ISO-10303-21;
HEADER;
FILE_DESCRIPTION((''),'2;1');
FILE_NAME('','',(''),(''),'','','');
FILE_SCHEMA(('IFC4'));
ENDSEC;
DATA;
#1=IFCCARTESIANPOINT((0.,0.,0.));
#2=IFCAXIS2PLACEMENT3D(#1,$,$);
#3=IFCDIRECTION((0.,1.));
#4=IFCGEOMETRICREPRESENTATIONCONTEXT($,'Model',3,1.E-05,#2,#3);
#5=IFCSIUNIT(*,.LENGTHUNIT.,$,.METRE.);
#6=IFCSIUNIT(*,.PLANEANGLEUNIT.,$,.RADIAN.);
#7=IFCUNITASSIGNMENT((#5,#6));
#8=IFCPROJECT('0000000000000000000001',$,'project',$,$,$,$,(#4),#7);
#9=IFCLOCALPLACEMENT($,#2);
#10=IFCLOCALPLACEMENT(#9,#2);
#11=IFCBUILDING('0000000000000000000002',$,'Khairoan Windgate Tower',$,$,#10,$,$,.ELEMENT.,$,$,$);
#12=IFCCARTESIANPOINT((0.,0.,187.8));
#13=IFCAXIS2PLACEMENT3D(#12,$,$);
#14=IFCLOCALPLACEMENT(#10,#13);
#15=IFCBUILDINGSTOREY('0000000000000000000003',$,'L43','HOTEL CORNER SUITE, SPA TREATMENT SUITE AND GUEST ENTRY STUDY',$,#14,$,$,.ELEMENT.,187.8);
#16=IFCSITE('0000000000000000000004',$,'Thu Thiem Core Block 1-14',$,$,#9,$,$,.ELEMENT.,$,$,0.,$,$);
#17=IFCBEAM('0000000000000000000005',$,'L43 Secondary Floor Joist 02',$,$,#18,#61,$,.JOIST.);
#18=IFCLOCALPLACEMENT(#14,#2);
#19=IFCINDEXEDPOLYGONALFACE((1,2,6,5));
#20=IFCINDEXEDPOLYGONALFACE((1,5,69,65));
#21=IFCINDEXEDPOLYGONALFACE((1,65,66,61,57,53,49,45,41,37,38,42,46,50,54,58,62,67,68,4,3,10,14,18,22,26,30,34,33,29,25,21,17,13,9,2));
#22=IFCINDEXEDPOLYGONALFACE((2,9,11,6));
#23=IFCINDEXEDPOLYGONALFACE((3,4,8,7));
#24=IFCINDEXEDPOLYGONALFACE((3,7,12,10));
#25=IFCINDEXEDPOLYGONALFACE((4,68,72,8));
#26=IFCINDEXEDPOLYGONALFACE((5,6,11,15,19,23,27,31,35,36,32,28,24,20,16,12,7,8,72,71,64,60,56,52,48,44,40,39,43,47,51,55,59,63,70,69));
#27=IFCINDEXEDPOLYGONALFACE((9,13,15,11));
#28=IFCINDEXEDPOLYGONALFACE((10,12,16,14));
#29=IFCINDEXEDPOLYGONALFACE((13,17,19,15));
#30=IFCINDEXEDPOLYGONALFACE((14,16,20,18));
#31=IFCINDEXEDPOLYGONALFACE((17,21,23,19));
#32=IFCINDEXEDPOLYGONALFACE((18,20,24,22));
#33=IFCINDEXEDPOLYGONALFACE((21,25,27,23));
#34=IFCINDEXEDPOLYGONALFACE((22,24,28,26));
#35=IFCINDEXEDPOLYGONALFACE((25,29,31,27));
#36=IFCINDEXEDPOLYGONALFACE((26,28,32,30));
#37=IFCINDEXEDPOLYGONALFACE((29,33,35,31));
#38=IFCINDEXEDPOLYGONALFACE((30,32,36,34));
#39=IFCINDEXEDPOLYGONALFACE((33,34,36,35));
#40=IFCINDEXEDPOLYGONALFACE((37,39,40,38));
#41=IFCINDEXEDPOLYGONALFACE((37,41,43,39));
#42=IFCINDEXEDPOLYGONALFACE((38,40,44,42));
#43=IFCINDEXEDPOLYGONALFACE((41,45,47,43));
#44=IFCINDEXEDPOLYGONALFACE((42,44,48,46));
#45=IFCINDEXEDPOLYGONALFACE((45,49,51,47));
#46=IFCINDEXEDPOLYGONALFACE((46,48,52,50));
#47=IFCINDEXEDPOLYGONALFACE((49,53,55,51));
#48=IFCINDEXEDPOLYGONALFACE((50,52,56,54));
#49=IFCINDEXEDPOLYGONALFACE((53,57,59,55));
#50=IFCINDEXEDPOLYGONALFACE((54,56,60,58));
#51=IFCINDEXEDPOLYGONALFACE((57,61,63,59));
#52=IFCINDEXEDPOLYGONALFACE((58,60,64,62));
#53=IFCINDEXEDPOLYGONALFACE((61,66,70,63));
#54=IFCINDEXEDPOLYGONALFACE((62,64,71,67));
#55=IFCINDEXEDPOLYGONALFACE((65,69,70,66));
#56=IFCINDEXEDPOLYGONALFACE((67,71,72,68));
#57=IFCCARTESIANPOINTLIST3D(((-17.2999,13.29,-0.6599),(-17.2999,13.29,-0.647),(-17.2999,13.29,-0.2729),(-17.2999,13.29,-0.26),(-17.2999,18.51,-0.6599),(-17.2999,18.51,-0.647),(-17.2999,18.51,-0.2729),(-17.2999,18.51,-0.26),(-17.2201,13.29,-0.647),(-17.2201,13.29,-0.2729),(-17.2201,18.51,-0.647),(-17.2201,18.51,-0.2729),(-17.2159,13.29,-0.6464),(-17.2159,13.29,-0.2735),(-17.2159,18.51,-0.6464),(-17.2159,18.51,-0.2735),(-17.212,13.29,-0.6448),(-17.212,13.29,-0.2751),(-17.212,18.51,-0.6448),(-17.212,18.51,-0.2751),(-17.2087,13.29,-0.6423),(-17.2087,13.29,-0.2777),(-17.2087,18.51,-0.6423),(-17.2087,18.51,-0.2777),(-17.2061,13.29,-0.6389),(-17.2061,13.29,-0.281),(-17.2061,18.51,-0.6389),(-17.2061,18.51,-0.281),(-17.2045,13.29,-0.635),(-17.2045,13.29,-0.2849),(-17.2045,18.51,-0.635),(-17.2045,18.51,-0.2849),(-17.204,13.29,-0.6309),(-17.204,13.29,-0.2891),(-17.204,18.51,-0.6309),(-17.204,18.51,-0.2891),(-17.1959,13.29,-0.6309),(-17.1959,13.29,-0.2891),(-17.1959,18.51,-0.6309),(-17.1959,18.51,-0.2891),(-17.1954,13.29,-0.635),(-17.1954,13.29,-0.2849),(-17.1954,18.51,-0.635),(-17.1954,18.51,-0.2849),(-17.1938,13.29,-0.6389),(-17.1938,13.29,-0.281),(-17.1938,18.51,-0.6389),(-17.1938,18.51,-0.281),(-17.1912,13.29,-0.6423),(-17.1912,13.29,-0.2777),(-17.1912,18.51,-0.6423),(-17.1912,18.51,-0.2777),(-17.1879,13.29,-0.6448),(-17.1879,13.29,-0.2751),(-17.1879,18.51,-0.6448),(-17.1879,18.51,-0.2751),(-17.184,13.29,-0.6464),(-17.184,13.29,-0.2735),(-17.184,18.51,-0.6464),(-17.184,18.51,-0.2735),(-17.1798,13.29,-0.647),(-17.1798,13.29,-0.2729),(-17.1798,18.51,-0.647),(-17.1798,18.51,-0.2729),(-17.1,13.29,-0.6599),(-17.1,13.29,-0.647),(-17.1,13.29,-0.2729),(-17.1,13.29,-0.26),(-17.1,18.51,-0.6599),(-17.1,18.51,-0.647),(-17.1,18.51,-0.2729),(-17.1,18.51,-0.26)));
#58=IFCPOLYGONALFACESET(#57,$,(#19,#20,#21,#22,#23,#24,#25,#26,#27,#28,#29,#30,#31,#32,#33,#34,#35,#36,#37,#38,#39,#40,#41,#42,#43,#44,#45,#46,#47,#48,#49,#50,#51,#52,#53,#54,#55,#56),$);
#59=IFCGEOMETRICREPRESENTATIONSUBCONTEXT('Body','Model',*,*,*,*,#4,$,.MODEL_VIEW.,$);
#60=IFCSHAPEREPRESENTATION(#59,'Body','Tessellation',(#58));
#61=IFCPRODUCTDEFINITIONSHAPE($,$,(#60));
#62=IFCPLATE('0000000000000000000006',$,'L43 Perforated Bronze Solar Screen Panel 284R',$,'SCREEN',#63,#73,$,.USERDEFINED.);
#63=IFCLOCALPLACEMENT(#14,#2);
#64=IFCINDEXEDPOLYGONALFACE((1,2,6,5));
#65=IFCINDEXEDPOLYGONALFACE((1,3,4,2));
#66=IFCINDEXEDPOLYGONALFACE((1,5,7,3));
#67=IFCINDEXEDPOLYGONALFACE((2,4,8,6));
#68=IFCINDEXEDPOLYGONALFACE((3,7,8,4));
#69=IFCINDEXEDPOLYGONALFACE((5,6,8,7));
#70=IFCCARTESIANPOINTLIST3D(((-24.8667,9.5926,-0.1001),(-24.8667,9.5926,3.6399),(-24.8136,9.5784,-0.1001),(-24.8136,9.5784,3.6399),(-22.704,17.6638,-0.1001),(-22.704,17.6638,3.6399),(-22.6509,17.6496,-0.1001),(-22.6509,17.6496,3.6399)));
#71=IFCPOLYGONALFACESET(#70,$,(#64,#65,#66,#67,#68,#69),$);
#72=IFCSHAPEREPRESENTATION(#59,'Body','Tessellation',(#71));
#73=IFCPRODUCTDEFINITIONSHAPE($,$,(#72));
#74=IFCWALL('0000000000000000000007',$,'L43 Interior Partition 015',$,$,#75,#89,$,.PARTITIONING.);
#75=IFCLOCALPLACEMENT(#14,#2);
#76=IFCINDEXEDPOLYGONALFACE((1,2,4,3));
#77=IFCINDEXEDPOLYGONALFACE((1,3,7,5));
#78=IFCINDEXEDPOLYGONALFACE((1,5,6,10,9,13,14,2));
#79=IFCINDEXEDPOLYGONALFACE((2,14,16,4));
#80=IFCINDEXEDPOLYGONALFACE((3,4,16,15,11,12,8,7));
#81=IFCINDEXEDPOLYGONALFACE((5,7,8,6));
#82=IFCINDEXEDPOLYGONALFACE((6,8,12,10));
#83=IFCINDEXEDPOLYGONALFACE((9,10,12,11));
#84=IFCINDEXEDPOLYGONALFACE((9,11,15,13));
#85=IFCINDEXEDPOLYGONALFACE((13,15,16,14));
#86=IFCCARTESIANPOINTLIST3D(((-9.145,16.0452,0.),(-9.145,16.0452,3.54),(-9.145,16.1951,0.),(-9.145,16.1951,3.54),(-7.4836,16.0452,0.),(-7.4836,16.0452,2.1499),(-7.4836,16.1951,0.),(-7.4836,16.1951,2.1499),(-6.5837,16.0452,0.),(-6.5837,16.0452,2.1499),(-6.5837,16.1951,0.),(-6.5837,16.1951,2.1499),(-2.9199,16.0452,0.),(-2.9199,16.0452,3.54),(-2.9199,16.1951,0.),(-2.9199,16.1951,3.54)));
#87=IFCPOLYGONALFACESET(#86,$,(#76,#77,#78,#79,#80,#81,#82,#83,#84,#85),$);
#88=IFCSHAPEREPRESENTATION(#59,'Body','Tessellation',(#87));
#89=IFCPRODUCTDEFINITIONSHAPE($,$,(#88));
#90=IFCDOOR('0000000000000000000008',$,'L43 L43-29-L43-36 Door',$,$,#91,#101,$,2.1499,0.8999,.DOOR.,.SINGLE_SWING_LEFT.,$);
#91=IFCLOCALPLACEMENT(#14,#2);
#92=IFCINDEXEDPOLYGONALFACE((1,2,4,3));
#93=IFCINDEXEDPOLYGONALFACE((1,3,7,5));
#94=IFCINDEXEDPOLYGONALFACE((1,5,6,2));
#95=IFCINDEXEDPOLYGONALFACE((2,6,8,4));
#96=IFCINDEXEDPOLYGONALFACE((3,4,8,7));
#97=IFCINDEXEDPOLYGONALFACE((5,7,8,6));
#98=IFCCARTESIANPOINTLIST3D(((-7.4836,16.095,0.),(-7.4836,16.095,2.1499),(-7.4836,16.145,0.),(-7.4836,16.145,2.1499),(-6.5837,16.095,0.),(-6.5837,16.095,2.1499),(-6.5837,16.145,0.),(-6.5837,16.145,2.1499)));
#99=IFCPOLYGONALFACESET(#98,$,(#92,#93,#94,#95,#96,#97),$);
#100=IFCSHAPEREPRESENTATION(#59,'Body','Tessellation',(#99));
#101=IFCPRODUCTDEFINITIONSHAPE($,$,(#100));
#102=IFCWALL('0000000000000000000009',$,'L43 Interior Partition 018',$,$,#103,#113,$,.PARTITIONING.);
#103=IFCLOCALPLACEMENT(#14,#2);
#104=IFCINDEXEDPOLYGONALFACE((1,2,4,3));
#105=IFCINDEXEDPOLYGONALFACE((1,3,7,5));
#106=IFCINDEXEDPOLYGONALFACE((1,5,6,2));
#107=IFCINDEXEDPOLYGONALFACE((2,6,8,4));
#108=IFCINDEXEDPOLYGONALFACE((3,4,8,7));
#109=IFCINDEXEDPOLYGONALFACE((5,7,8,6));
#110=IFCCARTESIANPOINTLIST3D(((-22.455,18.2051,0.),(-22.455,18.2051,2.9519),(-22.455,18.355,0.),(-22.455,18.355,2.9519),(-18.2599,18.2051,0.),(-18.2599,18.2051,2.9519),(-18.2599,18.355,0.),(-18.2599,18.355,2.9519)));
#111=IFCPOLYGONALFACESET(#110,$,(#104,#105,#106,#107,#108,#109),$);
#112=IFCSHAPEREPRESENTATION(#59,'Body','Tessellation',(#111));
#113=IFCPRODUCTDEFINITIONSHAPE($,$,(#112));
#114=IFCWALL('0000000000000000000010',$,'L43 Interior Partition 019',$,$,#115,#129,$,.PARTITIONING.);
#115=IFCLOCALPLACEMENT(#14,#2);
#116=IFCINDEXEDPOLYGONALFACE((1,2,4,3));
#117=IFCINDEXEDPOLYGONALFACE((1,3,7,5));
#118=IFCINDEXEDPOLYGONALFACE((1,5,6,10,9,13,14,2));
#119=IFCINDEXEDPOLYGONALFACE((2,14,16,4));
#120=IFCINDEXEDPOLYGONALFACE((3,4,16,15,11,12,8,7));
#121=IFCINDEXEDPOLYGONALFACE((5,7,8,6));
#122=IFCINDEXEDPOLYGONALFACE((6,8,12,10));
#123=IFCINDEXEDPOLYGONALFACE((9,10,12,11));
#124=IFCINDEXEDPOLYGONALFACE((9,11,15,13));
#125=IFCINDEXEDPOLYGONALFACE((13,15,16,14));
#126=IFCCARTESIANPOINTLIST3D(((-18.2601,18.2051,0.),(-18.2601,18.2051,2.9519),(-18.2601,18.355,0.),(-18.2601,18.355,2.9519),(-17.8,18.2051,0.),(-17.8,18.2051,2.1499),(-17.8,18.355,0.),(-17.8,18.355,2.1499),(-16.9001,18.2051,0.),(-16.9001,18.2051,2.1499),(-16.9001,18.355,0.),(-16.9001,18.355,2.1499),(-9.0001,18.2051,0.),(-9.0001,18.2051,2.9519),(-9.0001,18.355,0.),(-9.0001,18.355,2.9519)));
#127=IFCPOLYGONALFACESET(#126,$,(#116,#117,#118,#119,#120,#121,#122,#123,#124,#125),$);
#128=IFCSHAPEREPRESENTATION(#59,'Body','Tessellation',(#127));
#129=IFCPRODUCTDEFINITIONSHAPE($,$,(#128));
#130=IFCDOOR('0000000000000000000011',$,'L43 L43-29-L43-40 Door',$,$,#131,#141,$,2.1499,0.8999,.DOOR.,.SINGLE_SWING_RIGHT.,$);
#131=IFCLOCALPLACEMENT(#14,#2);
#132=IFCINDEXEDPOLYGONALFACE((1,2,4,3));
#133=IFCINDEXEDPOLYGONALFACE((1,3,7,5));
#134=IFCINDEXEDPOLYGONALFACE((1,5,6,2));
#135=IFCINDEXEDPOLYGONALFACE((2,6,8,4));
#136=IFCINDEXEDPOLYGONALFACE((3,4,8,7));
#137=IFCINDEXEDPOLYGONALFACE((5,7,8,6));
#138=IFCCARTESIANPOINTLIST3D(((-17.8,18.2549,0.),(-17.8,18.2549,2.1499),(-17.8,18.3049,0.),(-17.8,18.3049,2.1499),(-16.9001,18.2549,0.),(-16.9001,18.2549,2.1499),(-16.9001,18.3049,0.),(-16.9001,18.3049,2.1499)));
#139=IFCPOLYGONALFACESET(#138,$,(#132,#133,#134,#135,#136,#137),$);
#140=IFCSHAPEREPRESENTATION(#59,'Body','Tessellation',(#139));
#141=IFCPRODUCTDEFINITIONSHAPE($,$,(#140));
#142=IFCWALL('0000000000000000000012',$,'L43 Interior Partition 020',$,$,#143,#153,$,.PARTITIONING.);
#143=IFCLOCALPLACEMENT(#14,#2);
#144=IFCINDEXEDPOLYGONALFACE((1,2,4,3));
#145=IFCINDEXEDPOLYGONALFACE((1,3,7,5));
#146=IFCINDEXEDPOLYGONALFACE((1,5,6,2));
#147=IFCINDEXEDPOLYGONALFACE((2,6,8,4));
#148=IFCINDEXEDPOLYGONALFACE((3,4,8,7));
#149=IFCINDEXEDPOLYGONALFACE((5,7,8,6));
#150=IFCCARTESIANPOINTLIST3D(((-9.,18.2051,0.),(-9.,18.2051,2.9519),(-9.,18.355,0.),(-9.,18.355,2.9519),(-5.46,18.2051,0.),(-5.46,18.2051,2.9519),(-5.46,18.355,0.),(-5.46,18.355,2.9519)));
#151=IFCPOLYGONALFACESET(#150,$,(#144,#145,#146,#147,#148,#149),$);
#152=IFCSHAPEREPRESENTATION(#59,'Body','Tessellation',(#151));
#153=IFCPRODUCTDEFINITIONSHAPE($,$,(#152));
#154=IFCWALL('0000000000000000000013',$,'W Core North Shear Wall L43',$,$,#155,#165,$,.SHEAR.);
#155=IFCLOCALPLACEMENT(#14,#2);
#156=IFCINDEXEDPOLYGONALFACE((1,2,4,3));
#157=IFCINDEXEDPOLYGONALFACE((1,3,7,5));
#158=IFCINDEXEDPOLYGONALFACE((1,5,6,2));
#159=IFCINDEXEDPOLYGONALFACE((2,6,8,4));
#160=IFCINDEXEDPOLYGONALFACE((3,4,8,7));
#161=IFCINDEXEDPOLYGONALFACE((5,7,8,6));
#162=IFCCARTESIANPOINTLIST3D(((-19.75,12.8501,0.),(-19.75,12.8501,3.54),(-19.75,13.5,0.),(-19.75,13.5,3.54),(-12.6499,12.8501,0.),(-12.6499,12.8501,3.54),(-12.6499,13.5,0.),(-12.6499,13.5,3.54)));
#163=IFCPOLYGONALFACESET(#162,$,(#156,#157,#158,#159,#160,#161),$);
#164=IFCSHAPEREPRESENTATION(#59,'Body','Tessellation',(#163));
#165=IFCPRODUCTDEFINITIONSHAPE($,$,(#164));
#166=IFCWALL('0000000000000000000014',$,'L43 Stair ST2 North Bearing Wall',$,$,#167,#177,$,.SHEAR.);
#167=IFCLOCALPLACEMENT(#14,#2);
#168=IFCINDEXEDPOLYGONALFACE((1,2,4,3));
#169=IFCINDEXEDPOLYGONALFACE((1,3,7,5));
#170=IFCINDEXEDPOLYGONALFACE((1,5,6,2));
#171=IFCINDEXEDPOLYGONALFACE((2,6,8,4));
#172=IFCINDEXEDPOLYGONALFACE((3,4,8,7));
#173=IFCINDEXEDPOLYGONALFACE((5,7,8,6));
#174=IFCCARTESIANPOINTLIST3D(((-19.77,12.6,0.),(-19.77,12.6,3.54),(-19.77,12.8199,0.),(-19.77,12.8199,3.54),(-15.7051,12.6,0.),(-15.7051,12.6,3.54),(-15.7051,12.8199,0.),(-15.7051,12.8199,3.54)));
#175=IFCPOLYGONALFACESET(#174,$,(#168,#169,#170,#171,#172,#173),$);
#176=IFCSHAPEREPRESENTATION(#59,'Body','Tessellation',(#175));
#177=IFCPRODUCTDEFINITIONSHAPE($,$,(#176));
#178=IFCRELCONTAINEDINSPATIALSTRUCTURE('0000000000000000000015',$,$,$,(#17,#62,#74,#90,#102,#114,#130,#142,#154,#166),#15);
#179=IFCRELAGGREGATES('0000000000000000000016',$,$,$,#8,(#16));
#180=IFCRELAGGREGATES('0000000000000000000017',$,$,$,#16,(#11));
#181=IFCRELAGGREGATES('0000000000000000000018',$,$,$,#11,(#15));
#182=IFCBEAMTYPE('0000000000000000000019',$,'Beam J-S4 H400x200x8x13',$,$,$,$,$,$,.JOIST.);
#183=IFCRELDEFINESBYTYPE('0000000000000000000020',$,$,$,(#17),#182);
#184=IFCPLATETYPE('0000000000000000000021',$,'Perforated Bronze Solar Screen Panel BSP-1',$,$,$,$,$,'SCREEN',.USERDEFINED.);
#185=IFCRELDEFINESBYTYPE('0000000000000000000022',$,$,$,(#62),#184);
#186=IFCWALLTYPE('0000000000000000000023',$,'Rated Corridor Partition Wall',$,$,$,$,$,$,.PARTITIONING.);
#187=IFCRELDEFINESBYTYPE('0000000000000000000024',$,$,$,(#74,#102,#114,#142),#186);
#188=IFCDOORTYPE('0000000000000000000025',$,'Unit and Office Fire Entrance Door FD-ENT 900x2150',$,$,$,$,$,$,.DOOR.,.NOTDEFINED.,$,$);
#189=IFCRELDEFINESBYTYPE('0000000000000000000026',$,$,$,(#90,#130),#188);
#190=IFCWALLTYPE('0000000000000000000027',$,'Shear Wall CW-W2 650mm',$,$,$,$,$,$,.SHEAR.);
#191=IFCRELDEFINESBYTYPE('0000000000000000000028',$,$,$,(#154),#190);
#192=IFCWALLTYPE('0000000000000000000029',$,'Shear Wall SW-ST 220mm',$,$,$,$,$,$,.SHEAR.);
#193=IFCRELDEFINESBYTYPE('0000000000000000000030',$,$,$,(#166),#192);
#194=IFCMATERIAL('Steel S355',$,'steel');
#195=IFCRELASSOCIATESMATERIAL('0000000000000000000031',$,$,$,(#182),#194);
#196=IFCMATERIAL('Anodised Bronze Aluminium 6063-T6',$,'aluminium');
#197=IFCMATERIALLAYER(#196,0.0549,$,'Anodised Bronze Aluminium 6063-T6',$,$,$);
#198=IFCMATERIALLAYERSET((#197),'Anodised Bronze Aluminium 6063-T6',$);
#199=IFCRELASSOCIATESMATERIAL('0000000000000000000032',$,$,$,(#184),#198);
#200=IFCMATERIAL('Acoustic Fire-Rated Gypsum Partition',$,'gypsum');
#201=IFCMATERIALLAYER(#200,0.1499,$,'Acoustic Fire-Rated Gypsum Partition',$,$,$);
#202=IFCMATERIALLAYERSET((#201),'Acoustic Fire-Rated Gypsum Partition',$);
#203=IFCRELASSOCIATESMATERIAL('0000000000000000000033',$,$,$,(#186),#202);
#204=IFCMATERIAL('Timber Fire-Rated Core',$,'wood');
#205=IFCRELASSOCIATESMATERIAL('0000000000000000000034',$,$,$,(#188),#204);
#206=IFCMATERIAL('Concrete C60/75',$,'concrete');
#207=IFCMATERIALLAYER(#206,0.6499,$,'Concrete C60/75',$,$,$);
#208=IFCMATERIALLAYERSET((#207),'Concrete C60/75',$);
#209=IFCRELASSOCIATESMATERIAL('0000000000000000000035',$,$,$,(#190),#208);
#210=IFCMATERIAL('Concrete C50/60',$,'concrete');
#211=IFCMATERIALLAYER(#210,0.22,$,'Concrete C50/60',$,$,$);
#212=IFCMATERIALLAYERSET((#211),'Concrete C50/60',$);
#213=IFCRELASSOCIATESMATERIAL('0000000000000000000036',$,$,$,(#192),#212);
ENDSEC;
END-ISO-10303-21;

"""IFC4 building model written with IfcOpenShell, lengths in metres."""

from ifc_helpers import new_model, si_unit, direction, frame, frame_2d, origin, origin_2d, place, context, subcontext, project, spatial, rectangle, i_section, extrude, material, layer, layer_set, material_profile, profile_set, type_object, element, fill, save


model = new_model("IFC4")

# Units and contexts
model_context = context("Model", 3, precision=1e-05, world=origin(), true_north=direction((0.0, 1.0)))
body_context = subcontext(model_context, "Body", "Model", "MODEL_VIEW")
ifc_project = project(units=[si_unit("LENGTHUNIT", "METRE"), si_unit("PLANEANGLEUNIT", "RADIAN")], contexts=[model_context])

# Site, building, storey
site_placement = place(None, origin())
site = spatial("IfcSite", under=ifc_project, at=site_placement, Name="Thu Thiem Core Block 1-14", CompositionType="ELEMENT", RefElevation=0.0)
building_placement = place(site_placement, origin())
building = spatial("IfcBuilding", under=site, at=building_placement, Name="Khairoan Windgate Tower", CompositionType="ELEMENT")
storey_placement = place(building_placement, frame((0.0, 0.0, 187.8)))
storey = spatial("IfcBuildingStorey", under=building, at=storey_placement, Name="L43", Description="HOTEL CORNER SUITE, SPA TREATMENT SUITE AND GUEST ENTRY STUDY", CompositionType="ELEMENT", Elevation=187.8)

# Beam
ifc_material_1 = material(Name="Steel S355", Category="steel")
ifc_material_profile_1 = material_profile(ifc_material_1, i_section(OverallWidth=0.2, OverallDepth=0.3999, WebThickness=0.0081, FlangeThickness=0.0129, FilletRadius=0.0161, at=origin_2d()))
ifc_profile_set_1 = profile_set([ifc_material_profile_1], Name="Steel S355")
beam_type_1 = type_object("IfcBeamType", Name="Beam J-S4 H400x200x8x13", PredefinedType="JOIST", material=ifc_profile_set_1)
beam_1_placement = place(storey_placement, frame((-17.2, 13.29, -0.46), z_axis=(0.0, 1.0, 0.0), x_axis=(-1.0, 0.0, 0.0)))
element("IfcBeam", 1, at=beam_1_placement, inside=storey, type_object=beam_type_1, Name="L43 Secondary Floor Joist 02", PredefinedType="JOIST", context=body_context, shape_type="SweptSolid", body=[
    extrude(i_section(OverallWidth=0.2, OverallDepth=0.3999, WebThickness=0.0081, FlangeThickness=0.0129, FilletRadius=0.0161, at=origin_2d()), origin(), (0.0, 0.0, 1.0), 5.22),
])

# Plate
ifc_material_2 = material(Name="Anodised Bronze Aluminium 6063-T6", Category="aluminium")
ifc_layer_1 = layer(ifc_material_2, 0.0549, Name="Anodised Bronze Aluminium 6063-T6")
ifc_layer_set_1 = layer_set([ifc_layer_1], Name="Anodised Bronze Aluminium 6063-T6")
plate_type = type_object("IfcPlateType", Name="Perforated Bronze Solar Screen Panel BSP-1", ElementType="SCREEN", PredefinedType="USERDEFINED", material=ifc_layer_set_1)
plate_placement = place(storey_placement, frame((-23.7588, 13.6211, -0.1001), z_axis=(0.0, 0.0, 1.0), x_axis=(0.258819, 0.965926, 0.0)))
element("IfcPlate", 2, at=plate_placement, inside=storey, type_object=plate_type, Name="L43 Perforated Bronze Solar Screen Panel 284R", ObjectType="SCREEN", PredefinedType="USERDEFINED", context=body_context, shape_type="SweptSolid", body=[
    extrude(rectangle(XDim=8.356, YDim=0.0549, at=origin_2d()), origin(), (0.0, 0.0, 1.0), 3.74),
])

# Wall, opening, door
ifc_material_3 = material(Name="Acoustic Fire-Rated Gypsum Partition", Category="gypsum")
ifc_layer_2 = layer(ifc_material_3, 0.1499, Name="Acoustic Fire-Rated Gypsum Partition")
ifc_layer_set_2 = layer_set([ifc_layer_2], Name="Acoustic Fire-Rated Gypsum Partition")
wall_type_1 = type_object("IfcWallType", Name="Rated Corridor Partition Wall", PredefinedType="PARTITIONING", material=ifc_layer_set_2)
wall_1_placement = place(storey_placement, frame((-9.145, 16.1201, 0.0), z_axis=(0.0, 0.0, 1.0), x_axis=(1.0, 0.0, 0.0)))
wall_1 = element("IfcWall", 3, at=wall_1_placement, inside=storey, type_object=wall_type_1, Name="L43 Interior Partition 015", PredefinedType="PARTITIONING", context=body_context, shape_type="SweptSolid", body=[
    extrude(rectangle(XDim=6.2251, YDim=0.1499, at=frame_2d((3.1125, 0.0))), origin(), (0.0, 0.0, 1.0), 3.54),
])
opening_1_placement = place(wall_1_placement, frame((1.6614, 0.0, 0.0)))
opening_1 = element("IfcOpeningElement", 4, at=opening_1_placement, cuts=wall_1, PredefinedType="OPENING", context=body_context, shape_type="SweptSolid", body=[
    extrude(rectangle(XDim=0.8999, YDim=2.1499, at=frame_2d((0.45, 1.075))), frame((0.0, 0.085, 0.0), z_axis=(0.0, -1.0, 0.0), x_axis=(1.0, 0.0, 0.0)), (0.0, 0.0, 1.0), 0.1699),
])
ifc_material_4 = material(Name="Timber Fire-Rated Core", Category="wood")
door_type = type_object("IfcDoorType", Name="Unit and Office Fire Entrance Door FD-ENT 900x2150", OperationType="NOTDEFINED", PredefinedType="DOOR", material=ifc_material_4)
door_1_placement = place(opening_1_placement, origin())
door_1 = element("IfcDoor", 5, at=door_1_placement, inside=storey, type_object=door_type, Name="L43 L43-29-L43-36 Door", OperationType="SINGLE_SWING_LEFT", OverallHeight=2.1499, OverallWidth=0.8999, PredefinedType="DOOR", context=body_context, shape_type="SweptSolid", body=[
    extrude(rectangle(XDim=0.8999, YDim=2.1499, at=frame_2d((0.45, 1.075))), frame((0.0, 0.0249, 0.0), z_axis=(0.0, -1.0, 0.0), x_axis=(1.0, 0.0, 0.0)), (0.0, 0.0, 1.0), 0.05),
])
fill(opening_1, door_1)

# Wall
wall_2_placement = place(storey_placement, frame((-22.4551, 18.28, 0.0), z_axis=(0.0, 0.0, 1.0), x_axis=(1.0, 0.0, 0.0)))
element("IfcWall", 6, at=wall_2_placement, inside=storey, type_object=wall_type_1, Name="L43 Interior Partition 018", PredefinedType="PARTITIONING", context=body_context, shape_type="SweptSolid", body=[
    extrude(rectangle(XDim=4.1951, YDim=0.1499, at=frame_2d((2.0977, 0.0))), origin(), (0.0, 0.0, 1.0), 2.9519),
])

# Wall, opening, door
wall_3_placement = place(storey_placement, frame((-18.26, 18.28, 0.0), z_axis=(0.0, 0.0, 1.0), x_axis=(1.0, 0.0, 0.0)))
wall_3 = element("IfcWall", 7, at=wall_3_placement, inside=storey, type_object=wall_type_1, Name="L43 Interior Partition 019", PredefinedType="PARTITIONING", context=body_context, shape_type="SweptSolid", body=[
    extrude(rectangle(XDim=9.26, YDim=0.1499, at=frame_2d((4.6299, 0.0))), origin(), (0.0, 0.0, 1.0), 2.9519),
])
opening_2_placement = place(wall_3_placement, frame((0.46, 0.0, 0.0)))
opening_2 = element("IfcOpeningElement", 8, at=opening_2_placement, cuts=wall_3, PredefinedType="OPENING", context=body_context, shape_type="SweptSolid", body=[
    extrude(rectangle(XDim=0.8999, YDim=2.1499, at=frame_2d((0.45, 1.075))), frame((0.0, 0.085, 0.0), z_axis=(0.0, -1.0, 0.0), x_axis=(1.0, 0.0, 0.0)), (0.0, 0.0, 1.0), 0.1699),
])
door_2_placement = place(opening_2_placement, origin())
door_2 = element("IfcDoor", 9, at=door_2_placement, inside=storey, type_object=door_type, Name="L43 L43-29-L43-40 Door", OperationType="SINGLE_SWING_RIGHT", OverallHeight=2.1499, OverallWidth=0.8999, PredefinedType="DOOR", context=body_context, shape_type="SweptSolid", body=[
    extrude(rectangle(XDim=0.8999, YDim=2.1499, at=frame_2d((0.45, 1.075))), frame((0.0, 0.0249, 0.0), z_axis=(0.0, -1.0, 0.0), x_axis=(1.0, 0.0, 0.0)), (0.0, 0.0, 1.0), 0.05),
])
fill(opening_2, door_2)

# Wall
wall_4_placement = place(storey_placement, frame((-9.0, 18.28, 0.0), z_axis=(0.0, 0.0, 1.0), x_axis=(1.0, 0.0, 0.0)))
element("IfcWall", 10, at=wall_4_placement, inside=storey, type_object=wall_type_1, Name="L43 Interior Partition 020", PredefinedType="PARTITIONING", context=body_context, shape_type="SweptSolid", body=[
    extrude(rectangle(XDim=3.54, YDim=0.1499, at=frame_2d((1.77, 0.0))), origin(), (0.0, 0.0, 1.0), 2.9519),
])

# Walls
ifc_material_5 = material(Name="Concrete C60/75", Category="concrete")
ifc_layer_3 = layer(ifc_material_5, 0.6499, Name="Concrete C60/75")
ifc_layer_set_3 = layer_set([ifc_layer_3], Name="Concrete C60/75")
wall_type_2 = type_object("IfcWallType", Name="Shear Wall CW-W2 650mm", PredefinedType="SHEAR", material=ifc_layer_set_3)
wall_5_placement = place(storey_placement, frame((-19.75, 13.175, 0.0), z_axis=(0.0, 0.0, 1.0), x_axis=(1.0, 0.0, 0.0)))
element("IfcWall", 11, at=wall_5_placement, inside=storey, type_object=wall_type_2, Name="W Core North Shear Wall L43", PredefinedType="SHEAR", context=body_context, shape_type="SweptSolid", body=[
    extrude(rectangle(XDim=7.1001, YDim=0.6499, at=frame_2d((3.55, 0.0))), origin(), (0.0, 0.0, 1.0), 3.54),
])
ifc_material_6 = material(Name="Concrete C50/60", Category="concrete")
ifc_layer_4 = layer(ifc_material_6, 0.22, Name="Concrete C50/60")
ifc_layer_set_4 = layer_set([ifc_layer_4], Name="Concrete C50/60")
wall_type_3 = type_object("IfcWallType", Name="Shear Wall SW-ST 220mm", PredefinedType="SHEAR", material=ifc_layer_set_4)
wall_6_placement = place(storey_placement, frame((-19.77, 12.71, 0.0), z_axis=(0.0, 0.0, 1.0), x_axis=(1.0, 0.0, 0.0)))
element("IfcWall", 12, at=wall_6_placement, inside=storey, type_object=wall_type_3, Name="L43 Stair ST2 North Bearing Wall", PredefinedType="SHEAR", context=body_context, shape_type="SweptSolid", body=[
    extrude(rectangle(XDim=4.0649, YDim=0.22, at=frame_2d((2.0325, 0.0))), origin(), (0.0, 0.0, 1.0), 3.54),
])

save(model, "model.ifc")
